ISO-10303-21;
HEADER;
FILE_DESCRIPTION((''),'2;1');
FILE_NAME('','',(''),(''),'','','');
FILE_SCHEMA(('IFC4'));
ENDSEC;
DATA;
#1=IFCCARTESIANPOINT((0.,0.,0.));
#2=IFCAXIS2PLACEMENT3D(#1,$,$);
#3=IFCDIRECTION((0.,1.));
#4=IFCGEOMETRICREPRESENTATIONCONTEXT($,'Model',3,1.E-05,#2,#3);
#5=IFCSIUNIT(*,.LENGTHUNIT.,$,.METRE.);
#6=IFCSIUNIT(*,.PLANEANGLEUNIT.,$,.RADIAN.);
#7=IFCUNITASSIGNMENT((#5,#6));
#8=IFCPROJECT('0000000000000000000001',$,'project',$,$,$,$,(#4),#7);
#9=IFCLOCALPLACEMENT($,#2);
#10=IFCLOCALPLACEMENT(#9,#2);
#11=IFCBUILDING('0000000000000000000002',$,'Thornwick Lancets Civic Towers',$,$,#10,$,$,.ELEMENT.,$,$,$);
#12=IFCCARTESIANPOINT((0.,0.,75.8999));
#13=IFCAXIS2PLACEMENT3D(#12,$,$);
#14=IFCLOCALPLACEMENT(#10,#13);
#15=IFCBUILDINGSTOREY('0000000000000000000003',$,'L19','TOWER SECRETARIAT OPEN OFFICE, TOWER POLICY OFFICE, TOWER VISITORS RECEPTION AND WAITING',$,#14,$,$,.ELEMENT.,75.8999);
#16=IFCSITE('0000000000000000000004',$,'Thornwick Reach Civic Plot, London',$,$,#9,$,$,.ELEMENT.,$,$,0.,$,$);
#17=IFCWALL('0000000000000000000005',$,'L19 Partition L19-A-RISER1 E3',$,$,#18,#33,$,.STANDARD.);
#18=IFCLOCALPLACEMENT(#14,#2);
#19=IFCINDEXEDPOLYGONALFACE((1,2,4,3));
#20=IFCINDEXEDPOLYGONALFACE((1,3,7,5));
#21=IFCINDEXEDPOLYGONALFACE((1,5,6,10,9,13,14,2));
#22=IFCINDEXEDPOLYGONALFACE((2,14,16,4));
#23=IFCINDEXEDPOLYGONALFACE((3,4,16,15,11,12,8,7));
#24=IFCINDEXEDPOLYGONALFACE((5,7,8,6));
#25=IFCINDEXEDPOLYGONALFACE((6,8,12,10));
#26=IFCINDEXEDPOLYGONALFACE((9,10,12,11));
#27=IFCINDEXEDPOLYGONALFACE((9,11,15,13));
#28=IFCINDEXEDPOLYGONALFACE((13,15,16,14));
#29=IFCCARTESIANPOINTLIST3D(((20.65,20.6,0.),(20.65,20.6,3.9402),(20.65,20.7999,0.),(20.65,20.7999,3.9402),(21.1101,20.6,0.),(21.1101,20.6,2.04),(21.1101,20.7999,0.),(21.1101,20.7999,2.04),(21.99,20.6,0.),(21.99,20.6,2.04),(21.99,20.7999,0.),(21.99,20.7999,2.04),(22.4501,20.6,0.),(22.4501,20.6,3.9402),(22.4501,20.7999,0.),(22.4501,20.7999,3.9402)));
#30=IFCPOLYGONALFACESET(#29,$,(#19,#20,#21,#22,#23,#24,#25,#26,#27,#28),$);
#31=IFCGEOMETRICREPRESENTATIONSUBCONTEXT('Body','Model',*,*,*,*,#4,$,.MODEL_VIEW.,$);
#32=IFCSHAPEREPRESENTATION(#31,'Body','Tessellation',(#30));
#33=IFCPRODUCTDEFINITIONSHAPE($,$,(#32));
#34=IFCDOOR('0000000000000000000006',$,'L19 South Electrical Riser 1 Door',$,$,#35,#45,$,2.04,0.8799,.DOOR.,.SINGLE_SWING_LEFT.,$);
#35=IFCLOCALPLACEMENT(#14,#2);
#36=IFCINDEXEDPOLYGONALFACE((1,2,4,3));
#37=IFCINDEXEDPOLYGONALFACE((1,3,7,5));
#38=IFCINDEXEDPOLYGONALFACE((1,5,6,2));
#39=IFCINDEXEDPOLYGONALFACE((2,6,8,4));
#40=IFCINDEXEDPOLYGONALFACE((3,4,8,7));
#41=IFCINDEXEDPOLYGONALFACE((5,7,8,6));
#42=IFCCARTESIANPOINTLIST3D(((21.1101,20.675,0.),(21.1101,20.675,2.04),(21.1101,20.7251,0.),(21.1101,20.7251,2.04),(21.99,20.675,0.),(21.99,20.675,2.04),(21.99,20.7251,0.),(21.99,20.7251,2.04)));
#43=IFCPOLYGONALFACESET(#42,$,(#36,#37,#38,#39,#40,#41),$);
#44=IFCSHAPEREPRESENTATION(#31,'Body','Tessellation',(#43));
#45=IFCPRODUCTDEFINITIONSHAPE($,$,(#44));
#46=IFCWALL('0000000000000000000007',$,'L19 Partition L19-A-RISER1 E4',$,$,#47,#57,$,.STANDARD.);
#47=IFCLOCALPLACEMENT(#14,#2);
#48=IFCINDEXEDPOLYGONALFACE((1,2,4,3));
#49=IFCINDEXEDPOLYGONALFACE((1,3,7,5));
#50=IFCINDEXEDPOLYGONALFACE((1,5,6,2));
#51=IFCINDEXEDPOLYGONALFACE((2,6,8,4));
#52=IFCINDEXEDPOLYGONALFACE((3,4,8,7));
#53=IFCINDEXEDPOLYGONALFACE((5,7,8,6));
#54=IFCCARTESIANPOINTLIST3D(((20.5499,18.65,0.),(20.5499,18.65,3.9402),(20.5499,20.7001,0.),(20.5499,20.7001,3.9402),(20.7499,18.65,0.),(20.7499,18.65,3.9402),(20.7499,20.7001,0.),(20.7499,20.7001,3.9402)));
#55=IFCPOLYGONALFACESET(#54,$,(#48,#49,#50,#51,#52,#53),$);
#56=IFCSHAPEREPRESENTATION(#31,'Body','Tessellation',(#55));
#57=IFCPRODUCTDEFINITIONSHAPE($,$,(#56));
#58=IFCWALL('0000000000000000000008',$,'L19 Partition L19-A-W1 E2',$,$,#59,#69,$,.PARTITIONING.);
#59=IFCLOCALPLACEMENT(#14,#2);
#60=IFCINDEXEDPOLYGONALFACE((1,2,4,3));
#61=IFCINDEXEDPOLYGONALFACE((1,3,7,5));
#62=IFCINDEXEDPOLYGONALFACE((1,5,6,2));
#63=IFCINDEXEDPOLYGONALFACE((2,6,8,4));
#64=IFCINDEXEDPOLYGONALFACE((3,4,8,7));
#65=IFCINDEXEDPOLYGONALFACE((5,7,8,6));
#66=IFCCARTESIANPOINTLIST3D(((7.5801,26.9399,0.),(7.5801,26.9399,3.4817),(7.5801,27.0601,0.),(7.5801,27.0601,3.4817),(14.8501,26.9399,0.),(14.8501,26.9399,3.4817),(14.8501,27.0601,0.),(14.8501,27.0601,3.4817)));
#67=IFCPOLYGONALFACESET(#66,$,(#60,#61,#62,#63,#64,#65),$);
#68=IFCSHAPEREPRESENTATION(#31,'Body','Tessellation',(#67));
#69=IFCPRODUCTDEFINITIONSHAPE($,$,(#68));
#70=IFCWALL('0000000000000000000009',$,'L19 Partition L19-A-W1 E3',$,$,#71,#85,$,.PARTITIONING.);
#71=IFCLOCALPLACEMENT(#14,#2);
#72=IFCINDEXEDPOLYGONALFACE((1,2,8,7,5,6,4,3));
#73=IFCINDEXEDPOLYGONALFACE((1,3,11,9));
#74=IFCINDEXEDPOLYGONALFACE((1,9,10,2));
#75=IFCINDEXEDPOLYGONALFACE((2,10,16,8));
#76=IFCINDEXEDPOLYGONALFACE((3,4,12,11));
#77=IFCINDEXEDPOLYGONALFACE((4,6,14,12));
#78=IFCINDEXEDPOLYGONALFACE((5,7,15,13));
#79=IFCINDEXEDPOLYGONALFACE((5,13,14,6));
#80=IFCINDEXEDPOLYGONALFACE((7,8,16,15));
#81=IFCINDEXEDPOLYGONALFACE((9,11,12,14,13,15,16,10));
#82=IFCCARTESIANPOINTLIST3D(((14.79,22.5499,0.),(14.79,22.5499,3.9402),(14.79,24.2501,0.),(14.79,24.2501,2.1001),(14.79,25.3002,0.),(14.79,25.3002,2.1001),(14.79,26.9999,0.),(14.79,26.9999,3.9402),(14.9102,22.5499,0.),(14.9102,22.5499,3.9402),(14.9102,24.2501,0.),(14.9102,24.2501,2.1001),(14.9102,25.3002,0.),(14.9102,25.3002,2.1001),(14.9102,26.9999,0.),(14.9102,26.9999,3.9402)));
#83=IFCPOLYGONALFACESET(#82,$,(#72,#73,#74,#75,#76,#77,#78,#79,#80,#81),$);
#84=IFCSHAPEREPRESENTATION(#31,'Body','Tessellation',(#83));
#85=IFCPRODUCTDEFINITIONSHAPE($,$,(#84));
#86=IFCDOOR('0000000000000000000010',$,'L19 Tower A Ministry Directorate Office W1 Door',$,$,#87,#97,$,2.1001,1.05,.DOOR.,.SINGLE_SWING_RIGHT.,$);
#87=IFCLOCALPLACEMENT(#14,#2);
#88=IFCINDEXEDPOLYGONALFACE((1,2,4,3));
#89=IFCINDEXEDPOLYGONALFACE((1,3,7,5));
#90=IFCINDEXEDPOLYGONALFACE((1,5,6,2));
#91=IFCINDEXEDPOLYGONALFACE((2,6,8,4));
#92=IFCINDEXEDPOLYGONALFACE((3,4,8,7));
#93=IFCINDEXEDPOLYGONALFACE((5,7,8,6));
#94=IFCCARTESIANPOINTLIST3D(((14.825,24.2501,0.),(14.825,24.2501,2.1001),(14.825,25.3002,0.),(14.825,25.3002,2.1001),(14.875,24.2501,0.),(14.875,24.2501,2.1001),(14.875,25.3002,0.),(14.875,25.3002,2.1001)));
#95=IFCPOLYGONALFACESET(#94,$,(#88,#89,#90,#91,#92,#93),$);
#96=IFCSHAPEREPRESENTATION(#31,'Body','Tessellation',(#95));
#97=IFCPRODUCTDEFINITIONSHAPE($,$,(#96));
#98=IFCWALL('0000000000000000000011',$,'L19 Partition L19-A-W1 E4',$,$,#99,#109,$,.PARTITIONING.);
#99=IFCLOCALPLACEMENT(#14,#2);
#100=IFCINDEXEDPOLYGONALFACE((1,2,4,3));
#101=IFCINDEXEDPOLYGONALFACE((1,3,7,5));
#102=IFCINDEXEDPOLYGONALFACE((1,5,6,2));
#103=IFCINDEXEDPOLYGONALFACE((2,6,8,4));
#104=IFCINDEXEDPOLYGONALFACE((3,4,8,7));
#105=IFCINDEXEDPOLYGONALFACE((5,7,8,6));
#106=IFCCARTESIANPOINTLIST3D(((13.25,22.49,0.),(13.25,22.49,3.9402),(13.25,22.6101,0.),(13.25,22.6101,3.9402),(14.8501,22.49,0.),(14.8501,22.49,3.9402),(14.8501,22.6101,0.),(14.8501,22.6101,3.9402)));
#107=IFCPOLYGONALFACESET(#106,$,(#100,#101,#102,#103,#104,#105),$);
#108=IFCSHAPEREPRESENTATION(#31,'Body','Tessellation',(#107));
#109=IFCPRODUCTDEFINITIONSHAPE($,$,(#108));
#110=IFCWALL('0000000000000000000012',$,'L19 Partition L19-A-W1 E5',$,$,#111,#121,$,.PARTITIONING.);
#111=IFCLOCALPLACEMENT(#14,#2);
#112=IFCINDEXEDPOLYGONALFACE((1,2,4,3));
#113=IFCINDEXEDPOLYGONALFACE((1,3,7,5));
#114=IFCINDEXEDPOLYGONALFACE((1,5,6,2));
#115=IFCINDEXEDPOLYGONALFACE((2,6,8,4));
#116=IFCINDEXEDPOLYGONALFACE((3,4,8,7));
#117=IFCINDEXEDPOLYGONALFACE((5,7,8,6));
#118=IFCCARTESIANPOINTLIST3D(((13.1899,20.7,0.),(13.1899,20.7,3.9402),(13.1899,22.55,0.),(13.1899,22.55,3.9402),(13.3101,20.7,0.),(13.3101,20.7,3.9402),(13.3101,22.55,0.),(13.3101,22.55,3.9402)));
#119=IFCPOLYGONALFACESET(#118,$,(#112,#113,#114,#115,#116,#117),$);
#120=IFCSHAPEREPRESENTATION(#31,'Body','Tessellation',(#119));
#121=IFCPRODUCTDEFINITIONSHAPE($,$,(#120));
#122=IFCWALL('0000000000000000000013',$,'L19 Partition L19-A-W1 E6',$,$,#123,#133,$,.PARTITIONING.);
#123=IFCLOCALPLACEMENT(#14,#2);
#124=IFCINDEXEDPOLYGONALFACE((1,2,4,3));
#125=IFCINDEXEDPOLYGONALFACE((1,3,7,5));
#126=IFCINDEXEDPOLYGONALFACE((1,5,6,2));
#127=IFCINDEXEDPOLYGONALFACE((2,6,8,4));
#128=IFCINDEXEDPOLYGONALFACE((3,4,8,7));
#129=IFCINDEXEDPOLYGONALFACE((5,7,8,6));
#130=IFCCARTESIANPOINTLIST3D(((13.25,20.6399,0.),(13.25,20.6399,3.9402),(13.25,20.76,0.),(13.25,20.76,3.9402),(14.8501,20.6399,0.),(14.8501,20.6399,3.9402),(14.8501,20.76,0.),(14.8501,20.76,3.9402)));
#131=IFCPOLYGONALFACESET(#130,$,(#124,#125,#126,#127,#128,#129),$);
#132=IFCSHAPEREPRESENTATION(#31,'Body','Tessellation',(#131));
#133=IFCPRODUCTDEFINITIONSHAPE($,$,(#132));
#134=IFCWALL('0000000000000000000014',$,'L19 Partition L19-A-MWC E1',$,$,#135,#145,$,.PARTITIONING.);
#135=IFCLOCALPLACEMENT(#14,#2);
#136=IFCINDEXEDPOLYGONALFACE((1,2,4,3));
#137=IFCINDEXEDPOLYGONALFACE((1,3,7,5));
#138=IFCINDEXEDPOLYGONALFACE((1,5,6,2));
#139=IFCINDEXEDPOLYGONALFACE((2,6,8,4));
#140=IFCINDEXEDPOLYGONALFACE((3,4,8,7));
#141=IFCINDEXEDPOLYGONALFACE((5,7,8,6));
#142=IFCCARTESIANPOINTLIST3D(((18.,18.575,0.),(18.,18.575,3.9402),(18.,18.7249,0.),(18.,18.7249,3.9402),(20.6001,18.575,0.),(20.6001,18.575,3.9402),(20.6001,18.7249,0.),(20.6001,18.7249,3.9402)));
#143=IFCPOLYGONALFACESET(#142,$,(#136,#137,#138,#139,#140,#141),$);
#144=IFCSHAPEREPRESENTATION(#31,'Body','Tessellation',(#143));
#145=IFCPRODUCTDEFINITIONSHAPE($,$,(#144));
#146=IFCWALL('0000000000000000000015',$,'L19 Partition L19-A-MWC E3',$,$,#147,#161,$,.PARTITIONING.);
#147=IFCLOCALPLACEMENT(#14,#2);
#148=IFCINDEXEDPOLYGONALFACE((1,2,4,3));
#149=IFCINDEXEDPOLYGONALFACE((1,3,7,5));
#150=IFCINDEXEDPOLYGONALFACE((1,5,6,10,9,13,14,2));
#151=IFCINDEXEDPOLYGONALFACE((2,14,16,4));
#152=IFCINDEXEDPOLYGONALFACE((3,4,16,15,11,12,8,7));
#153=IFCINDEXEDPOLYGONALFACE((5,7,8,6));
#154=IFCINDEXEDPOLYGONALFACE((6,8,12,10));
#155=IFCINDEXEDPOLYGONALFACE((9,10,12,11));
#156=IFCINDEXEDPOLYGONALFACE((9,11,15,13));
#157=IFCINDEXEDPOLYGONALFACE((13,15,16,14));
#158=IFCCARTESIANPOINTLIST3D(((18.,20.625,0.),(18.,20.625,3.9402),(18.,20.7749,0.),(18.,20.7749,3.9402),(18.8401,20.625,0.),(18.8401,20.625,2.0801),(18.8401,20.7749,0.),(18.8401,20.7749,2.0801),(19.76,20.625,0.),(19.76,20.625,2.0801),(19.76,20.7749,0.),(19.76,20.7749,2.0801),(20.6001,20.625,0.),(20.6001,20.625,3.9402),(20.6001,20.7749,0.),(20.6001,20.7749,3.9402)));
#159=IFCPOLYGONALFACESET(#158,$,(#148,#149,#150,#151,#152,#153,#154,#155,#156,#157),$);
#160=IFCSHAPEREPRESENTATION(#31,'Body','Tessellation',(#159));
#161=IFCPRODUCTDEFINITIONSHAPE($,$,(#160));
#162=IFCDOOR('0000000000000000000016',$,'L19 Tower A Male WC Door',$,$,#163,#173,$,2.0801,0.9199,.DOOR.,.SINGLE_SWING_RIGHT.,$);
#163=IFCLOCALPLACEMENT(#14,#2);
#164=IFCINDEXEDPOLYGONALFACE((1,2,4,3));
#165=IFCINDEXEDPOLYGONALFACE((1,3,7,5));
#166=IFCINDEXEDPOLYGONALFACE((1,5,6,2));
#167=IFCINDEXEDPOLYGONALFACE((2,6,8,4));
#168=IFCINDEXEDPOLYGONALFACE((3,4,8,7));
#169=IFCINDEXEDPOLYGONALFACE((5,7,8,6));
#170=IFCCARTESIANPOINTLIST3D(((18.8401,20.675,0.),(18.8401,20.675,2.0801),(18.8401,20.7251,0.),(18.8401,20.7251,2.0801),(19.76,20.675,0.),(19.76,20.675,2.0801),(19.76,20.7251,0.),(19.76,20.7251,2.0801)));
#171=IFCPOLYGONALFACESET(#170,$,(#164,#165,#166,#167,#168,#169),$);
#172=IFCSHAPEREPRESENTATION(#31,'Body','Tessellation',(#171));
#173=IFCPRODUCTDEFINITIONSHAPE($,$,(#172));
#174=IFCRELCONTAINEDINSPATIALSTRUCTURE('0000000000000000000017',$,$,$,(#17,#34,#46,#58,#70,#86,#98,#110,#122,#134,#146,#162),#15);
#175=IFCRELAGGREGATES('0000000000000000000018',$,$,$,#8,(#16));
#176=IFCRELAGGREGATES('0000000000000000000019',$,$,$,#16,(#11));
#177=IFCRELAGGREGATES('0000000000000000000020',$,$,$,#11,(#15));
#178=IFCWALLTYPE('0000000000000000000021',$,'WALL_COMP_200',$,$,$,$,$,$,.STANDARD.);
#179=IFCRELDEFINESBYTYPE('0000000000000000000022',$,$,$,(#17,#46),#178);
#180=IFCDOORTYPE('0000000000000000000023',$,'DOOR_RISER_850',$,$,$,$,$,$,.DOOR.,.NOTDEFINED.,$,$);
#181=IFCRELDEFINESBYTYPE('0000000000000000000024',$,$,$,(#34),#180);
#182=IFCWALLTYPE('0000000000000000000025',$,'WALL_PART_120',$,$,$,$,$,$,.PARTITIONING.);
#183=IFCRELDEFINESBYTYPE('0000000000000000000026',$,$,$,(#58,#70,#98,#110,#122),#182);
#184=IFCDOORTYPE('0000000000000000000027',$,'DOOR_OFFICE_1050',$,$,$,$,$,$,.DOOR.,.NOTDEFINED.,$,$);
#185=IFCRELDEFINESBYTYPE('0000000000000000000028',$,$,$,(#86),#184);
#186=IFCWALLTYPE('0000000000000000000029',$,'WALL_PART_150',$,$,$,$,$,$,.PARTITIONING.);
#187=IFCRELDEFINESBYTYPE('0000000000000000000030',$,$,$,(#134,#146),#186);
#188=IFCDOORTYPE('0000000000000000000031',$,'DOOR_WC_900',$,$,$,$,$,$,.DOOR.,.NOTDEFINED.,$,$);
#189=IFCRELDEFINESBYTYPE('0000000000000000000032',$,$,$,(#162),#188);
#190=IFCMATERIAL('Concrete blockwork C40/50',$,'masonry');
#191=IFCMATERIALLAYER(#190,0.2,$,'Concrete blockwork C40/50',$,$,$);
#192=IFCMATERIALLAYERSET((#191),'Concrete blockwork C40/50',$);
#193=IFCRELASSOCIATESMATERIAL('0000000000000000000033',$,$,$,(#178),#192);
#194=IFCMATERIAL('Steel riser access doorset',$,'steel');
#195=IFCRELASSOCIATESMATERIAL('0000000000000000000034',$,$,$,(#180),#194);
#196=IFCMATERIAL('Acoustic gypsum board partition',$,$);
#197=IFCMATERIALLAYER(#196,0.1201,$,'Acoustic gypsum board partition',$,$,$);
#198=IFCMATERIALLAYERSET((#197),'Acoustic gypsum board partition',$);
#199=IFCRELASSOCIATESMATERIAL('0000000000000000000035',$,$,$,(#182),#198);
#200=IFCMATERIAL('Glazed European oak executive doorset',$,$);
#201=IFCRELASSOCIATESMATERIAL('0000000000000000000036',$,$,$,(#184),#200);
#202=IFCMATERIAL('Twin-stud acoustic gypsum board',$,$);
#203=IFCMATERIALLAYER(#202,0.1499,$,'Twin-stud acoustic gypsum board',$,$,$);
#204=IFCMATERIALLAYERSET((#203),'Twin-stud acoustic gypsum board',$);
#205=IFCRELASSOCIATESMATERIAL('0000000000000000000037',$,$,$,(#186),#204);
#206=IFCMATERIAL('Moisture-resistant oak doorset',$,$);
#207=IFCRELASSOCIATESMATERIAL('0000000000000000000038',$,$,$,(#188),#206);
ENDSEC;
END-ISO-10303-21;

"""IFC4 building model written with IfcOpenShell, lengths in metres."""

from ifc_helpers import new_model, si_unit, direction, frame, frame_2d, origin, place, context, subcontext, project, spatial, rectangle, extrude, material, layer, layer_set, type_object, element, fill, save


model = new_model("IFC4")

# Units and contexts
model_context = context("Model", 3, precision=1e-05, world=origin(), true_north=direction((0.0, 1.0)))
body_context = subcontext(model_context, "Body", "Model", "MODEL_VIEW")
ifc_project = project(units=[si_unit("LENGTHUNIT", "METRE"), si_unit("PLANEANGLEUNIT", "RADIAN")], contexts=[model_context])

# Site, building, storey
site_placement = place(None, origin())
site = spatial("IfcSite", under=ifc_project, at=site_placement, Name="Thornwick Reach Civic Plot, London", CompositionType="ELEMENT", RefElevation=0.0)
building_placement = place(site_placement, origin())
building = spatial("IfcBuilding", under=site, at=building_placement, Name="Thornwick Lancets Civic Towers", CompositionType="ELEMENT")
storey_placement = place(building_placement, frame((0.0, 0.0, 75.8999)))
storey = spatial("IfcBuildingStorey", under=building, at=storey_placement, Name="L19", Description="TOWER SECRETARIAT OPEN OFFICE, TOWER POLICY OFFICE, TOWER VISITORS RECEPTION AND WAITING", CompositionType="ELEMENT", Elevation=75.8999)

# Shared definitions
ifc_material_1 = material(Name="Concrete blockwork C40/50", Category="masonry")
ifc_layer_1 = layer(ifc_material_1, 0.2, Name="Concrete blockwork C40/50")
ifc_layer_set_1 = layer_set([ifc_layer_1], Name="Concrete blockwork C40/50")
wall_type_1 = type_object("IfcWallType", Name="WALL_COMP_200", PredefinedType="STANDARD", material=ifc_layer_set_1)

# Wall, opening, door
wall_1_placement = place(storey_placement, frame((22.45, 20.7, 0.0), z_axis=(0.0, 0.0, 1.0), x_axis=(-1.0, 0.0, 0.0)))
wall_1 = element("IfcWall", 1, at=wall_1_placement, inside=storey, type_object=wall_type_1, Name="L19 Partition L19-A-RISER1 E3", PredefinedType="STANDARD", context=body_context, shape_type="SweptSolid", body=[
    extrude(rectangle(XDim=1.8, YDim=0.2, at=frame_2d((0.8999, 0.0))), origin(), (0.0, 0.0, 1.0), 3.9402),
])
opening_1_placement = place(wall_1_placement, frame((0.46, 0.0, 0.0)))
opening_1 = element("IfcOpeningElement", 2, at=opening_1_placement, cuts=wall_1, PredefinedType="OPENING", context=body_context, shape_type="SweptSolid", body=[
    extrude(rectangle(XDim=0.8799, YDim=2.04, at=frame_2d((0.4399, 1.02))), frame((0.0, 0.1099, 0.0), z_axis=(0.0, -1.0, 0.0), x_axis=(1.0, 0.0, 0.0)), (0.0, 0.0, 1.0), 0.22),
])
ifc_material_2 = material(Name="Steel riser access doorset", Category="steel")
door_type_1 = type_object("IfcDoorType", Name="DOOR_RISER_850", OperationType="NOTDEFINED", PredefinedType="DOOR", material=ifc_material_2)
door_1_placement = place(opening_1_placement, origin())
door_1 = element("IfcDoor", 3, at=door_1_placement, inside=storey, type_object=door_type_1, Name="L19 South Electrical Riser 1 Door", OperationType="SINGLE_SWING_LEFT", OverallHeight=2.04, OverallWidth=0.8799, PredefinedType="DOOR", context=body_context, shape_type="SweptSolid", body=[
    extrude(rectangle(XDim=0.8799, YDim=2.04, at=frame_2d((0.4399, 1.02))), frame((0.0, 0.0249, 0.0), z_axis=(0.0, -1.0, 0.0), x_axis=(1.0, 0.0, 0.0)), (0.0, 0.0, 1.0), 0.05),
])
fill(opening_1, door_1)

# Walls
wall_2_placement = place(storey_placement, frame((20.6499, 20.7, 0.0), z_axis=(0.0, 0.0, 1.0), x_axis=(0.0, -1.0, 0.0)))
element("IfcWall", 4, at=wall_2_placement, inside=storey, type_object=wall_type_1, Name="L19 Partition L19-A-RISER1 E4", PredefinedType="STANDARD", context=body_context, shape_type="SweptSolid", body=[
    extrude(rectangle(XDim=2.05, YDim=0.2, at=frame_2d((1.0249, 0.0))), origin(), (0.0, 0.0, 1.0), 3.9402),
])
ifc_material_3 = material(Name="Acoustic gypsum board partition")
ifc_layer_2 = layer(ifc_material_3, 0.1201, Name="Acoustic gypsum board partition")
ifc_layer_set_2 = layer_set([ifc_layer_2], Name="Acoustic gypsum board partition")
wall_type_2 = type_object("IfcWallType", Name="WALL_PART_120", PredefinedType="PARTITIONING", material=ifc_layer_set_2)
wall_3_placement = place(storey_placement, frame((7.5801, 27.0, 0.0), z_axis=(0.0, 0.0, 1.0), x_axis=(1.0, 0.0, 0.0)))
element("IfcWall", 5, at=wall_3_placement, inside=storey, type_object=wall_type_2, Name="L19 Partition L19-A-W1 E2", PredefinedType="PARTITIONING", context=body_context, shape_type="SweptSolid", body=[
    extrude(rectangle(XDim=7.27, YDim=0.1201, at=frame_2d((3.635, 0.0))), origin(), (0.0, 0.0, 1.0), 3.4817),
])

# Wall, opening, door
wall_4_placement = place(storey_placement, frame((14.8501, 27.0, 0.0), z_axis=(0.0, 0.0, 1.0), x_axis=(0.0, -1.0, 0.0)))
wall_4 = element("IfcWall", 6, at=wall_4_placement, inside=storey, type_object=wall_type_2, Name="L19 Partition L19-A-W1 E3", PredefinedType="PARTITIONING", context=body_context, shape_type="SweptSolid", body=[
    extrude(rectangle(XDim=4.45, YDim=0.1201, at=frame_2d((2.2251, 0.0))), origin(), (0.0, 0.0, 1.0), 3.9402),
])
opening_2_placement = place(wall_4_placement, frame((1.7, 0.0, 0.0)))
opening_2 = element("IfcOpeningElement", 7, at=opening_2_placement, cuts=wall_4, PredefinedType="OPENING", context=body_context, shape_type="SweptSolid", body=[
    extrude(rectangle(XDim=1.05, YDim=2.1001, at=frame_2d((0.5249, 1.05))), frame((0.0, 0.0701, 0.0), z_axis=(0.0, -1.0, 0.0), x_axis=(1.0, 0.0, 0.0)), (0.0, 0.0, 1.0), 0.1401),
])
ifc_material_4 = material(Name="Glazed European oak executive doorset")
door_type_2 = type_object("IfcDoorType", Name="DOOR_OFFICE_1050", OperationType="NOTDEFINED", PredefinedType="DOOR", material=ifc_material_4)
door_2_placement = place(opening_2_placement, origin())
door_2 = element("IfcDoor", 8, at=door_2_placement, inside=storey, type_object=door_type_2, Name="L19 Tower A Ministry Directorate Office W1 Door", OperationType="SINGLE_SWING_RIGHT", OverallHeight=2.1001, OverallWidth=1.05, PredefinedType="DOOR", context=body_context, shape_type="SweptSolid", body=[
    extrude(rectangle(XDim=1.05, YDim=2.1001, at=frame_2d((0.5249, 1.05))), frame((0.0, 0.0249, 0.0), z_axis=(0.0, -1.0, 0.0), x_axis=(1.0, 0.0, 0.0)), (0.0, 0.0, 1.0), 0.05),
])
fill(opening_2, door_2)

# Walls
wall_5_placement = place(storey_placement, frame((14.8501, 22.55, 0.0), z_axis=(0.0, 0.0, 1.0), x_axis=(-1.0, 0.0, 0.0)))
element("IfcWall", 9, at=wall_5_placement, inside=storey, type_object=wall_type_2, Name="L19 Partition L19-A-W1 E4", PredefinedType="PARTITIONING", context=body_context, shape_type="SweptSolid", body=[
    extrude(rectangle(XDim=1.6001, YDim=0.1201, at=frame_2d((0.8, 0.0))), origin(), (0.0, 0.0, 1.0), 3.9402),
])
wall_6_placement = place(storey_placement, frame((13.25, 22.55, 0.0), z_axis=(0.0, 0.0, 1.0), x_axis=(0.0, -1.0, 0.0)))
element("IfcWall", 10, at=wall_6_placement, inside=storey, type_object=wall_type_2, Name="L19 Partition L19-A-W1 E5", PredefinedType="PARTITIONING", context=body_context, shape_type="SweptSolid", body=[
    extrude(rectangle(XDim=1.8501, YDim=0.1201, at=frame_2d((0.925, 0.0))), origin(), (0.0, 0.0, 1.0), 3.9402),
])
wall_7_placement = place(storey_placement, frame((13.25, 20.7, 0.0), z_axis=(0.0, 0.0, 1.0), x_axis=(1.0, 0.0, 0.0)))
element("IfcWall", 11, at=wall_7_placement, inside=storey, type_object=wall_type_2, Name="L19 Partition L19-A-W1 E6", PredefinedType="PARTITIONING", context=body_context, shape_type="SweptSolid", body=[
    extrude(rectangle(XDim=1.6001, YDim=0.1201, at=frame_2d((0.8, 0.0))), origin(), (0.0, 0.0, 1.0), 3.9402),
])
ifc_material_5 = material(Name="Twin-stud acoustic gypsum board")
ifc_layer_3 = layer(ifc_material_5, 0.1499, Name="Twin-stud acoustic gypsum board")
ifc_layer_set_3 = layer_set([ifc_layer_3], Name="Twin-stud acoustic gypsum board")
wall_type_3 = type_object("IfcWallType", Name="WALL_PART_150", PredefinedType="PARTITIONING", material=ifc_layer_set_3)
wall_8_placement = place(storey_placement, frame((18.0, 18.6499, 0.0), z_axis=(0.0, 0.0, 1.0), x_axis=(1.0, 0.0, 0.0)))
element("IfcWall", 12, at=wall_8_placement, inside=storey, type_object=wall_type_3, Name="L19 Partition L19-A-MWC E1", PredefinedType="PARTITIONING", context=body_context, shape_type="SweptSolid", body=[
    extrude(rectangle(XDim=2.6001, YDim=0.1499, at=frame_2d((1.3, 0.0))), origin(), (0.0, 0.0, 1.0), 3.9402),
])

# Wall, opening, door
wall_9_placement = place(storey_placement, frame((20.6001, 20.7, 0.0), z_axis=(0.0, 0.0, 1.0), x_axis=(-1.0, 0.0, 0.0)))
wall_9 = element("IfcWall", 13, at=wall_9_placement, inside=storey, type_object=wall_type_3, Name="L19 Partition L19-A-MWC E3", PredefinedType="PARTITIONING", context=body_context, shape_type="SweptSolid", body=[
    extrude(rectangle(XDim=2.6001, YDim=0.1499, at=frame_2d((1.3, 0.0))), origin(), (0.0, 0.0, 1.0), 3.9402),
])
opening_3_placement = place(wall_9_placement, frame((0.8401, 0.0, 0.0)))
opening_3 = element("IfcOpeningElement", 14, at=opening_3_placement, cuts=wall_9, PredefinedType="OPENING", context=body_context, shape_type="SweptSolid", body=[
    extrude(rectangle(XDim=0.9199, YDim=2.0801, at=frame_2d((0.46, 1.04))), frame((0.0, 0.085, 0.0), z_axis=(0.0, -1.0, 0.0), x_axis=(1.0, 0.0, 0.0)), (0.0, 0.0, 1.0), 0.1699),
])
ifc_material_6 = material(Name="Moisture-resistant oak doorset")
door_type_3 = type_object("IfcDoorType", Name="DOOR_WC_900", OperationType="NOTDEFINED", PredefinedType="DOOR", material=ifc_material_6)
door_3_placement = place(opening_3_placement, origin())
door_3 = element("IfcDoor", 15, at=door_3_placement, inside=storey, type_object=door_type_3, Name="L19 Tower A Male WC Door", OperationType="SINGLE_SWING_RIGHT", OverallHeight=2.0801, OverallWidth=0.9199, PredefinedType="DOOR", context=body_context, shape_type="SweptSolid", body=[
    extrude(rectangle(XDim=0.9199, YDim=2.0801, at=frame_2d((0.46, 1.04))), frame((0.0, 0.0249, 0.0), z_axis=(0.0, -1.0, 0.0), x_axis=(1.0, 0.0, 0.0)), (0.0, 0.0, 1.0), 0.05),
])
fill(opening_3, door_3)

save(model, "model.ifc")
